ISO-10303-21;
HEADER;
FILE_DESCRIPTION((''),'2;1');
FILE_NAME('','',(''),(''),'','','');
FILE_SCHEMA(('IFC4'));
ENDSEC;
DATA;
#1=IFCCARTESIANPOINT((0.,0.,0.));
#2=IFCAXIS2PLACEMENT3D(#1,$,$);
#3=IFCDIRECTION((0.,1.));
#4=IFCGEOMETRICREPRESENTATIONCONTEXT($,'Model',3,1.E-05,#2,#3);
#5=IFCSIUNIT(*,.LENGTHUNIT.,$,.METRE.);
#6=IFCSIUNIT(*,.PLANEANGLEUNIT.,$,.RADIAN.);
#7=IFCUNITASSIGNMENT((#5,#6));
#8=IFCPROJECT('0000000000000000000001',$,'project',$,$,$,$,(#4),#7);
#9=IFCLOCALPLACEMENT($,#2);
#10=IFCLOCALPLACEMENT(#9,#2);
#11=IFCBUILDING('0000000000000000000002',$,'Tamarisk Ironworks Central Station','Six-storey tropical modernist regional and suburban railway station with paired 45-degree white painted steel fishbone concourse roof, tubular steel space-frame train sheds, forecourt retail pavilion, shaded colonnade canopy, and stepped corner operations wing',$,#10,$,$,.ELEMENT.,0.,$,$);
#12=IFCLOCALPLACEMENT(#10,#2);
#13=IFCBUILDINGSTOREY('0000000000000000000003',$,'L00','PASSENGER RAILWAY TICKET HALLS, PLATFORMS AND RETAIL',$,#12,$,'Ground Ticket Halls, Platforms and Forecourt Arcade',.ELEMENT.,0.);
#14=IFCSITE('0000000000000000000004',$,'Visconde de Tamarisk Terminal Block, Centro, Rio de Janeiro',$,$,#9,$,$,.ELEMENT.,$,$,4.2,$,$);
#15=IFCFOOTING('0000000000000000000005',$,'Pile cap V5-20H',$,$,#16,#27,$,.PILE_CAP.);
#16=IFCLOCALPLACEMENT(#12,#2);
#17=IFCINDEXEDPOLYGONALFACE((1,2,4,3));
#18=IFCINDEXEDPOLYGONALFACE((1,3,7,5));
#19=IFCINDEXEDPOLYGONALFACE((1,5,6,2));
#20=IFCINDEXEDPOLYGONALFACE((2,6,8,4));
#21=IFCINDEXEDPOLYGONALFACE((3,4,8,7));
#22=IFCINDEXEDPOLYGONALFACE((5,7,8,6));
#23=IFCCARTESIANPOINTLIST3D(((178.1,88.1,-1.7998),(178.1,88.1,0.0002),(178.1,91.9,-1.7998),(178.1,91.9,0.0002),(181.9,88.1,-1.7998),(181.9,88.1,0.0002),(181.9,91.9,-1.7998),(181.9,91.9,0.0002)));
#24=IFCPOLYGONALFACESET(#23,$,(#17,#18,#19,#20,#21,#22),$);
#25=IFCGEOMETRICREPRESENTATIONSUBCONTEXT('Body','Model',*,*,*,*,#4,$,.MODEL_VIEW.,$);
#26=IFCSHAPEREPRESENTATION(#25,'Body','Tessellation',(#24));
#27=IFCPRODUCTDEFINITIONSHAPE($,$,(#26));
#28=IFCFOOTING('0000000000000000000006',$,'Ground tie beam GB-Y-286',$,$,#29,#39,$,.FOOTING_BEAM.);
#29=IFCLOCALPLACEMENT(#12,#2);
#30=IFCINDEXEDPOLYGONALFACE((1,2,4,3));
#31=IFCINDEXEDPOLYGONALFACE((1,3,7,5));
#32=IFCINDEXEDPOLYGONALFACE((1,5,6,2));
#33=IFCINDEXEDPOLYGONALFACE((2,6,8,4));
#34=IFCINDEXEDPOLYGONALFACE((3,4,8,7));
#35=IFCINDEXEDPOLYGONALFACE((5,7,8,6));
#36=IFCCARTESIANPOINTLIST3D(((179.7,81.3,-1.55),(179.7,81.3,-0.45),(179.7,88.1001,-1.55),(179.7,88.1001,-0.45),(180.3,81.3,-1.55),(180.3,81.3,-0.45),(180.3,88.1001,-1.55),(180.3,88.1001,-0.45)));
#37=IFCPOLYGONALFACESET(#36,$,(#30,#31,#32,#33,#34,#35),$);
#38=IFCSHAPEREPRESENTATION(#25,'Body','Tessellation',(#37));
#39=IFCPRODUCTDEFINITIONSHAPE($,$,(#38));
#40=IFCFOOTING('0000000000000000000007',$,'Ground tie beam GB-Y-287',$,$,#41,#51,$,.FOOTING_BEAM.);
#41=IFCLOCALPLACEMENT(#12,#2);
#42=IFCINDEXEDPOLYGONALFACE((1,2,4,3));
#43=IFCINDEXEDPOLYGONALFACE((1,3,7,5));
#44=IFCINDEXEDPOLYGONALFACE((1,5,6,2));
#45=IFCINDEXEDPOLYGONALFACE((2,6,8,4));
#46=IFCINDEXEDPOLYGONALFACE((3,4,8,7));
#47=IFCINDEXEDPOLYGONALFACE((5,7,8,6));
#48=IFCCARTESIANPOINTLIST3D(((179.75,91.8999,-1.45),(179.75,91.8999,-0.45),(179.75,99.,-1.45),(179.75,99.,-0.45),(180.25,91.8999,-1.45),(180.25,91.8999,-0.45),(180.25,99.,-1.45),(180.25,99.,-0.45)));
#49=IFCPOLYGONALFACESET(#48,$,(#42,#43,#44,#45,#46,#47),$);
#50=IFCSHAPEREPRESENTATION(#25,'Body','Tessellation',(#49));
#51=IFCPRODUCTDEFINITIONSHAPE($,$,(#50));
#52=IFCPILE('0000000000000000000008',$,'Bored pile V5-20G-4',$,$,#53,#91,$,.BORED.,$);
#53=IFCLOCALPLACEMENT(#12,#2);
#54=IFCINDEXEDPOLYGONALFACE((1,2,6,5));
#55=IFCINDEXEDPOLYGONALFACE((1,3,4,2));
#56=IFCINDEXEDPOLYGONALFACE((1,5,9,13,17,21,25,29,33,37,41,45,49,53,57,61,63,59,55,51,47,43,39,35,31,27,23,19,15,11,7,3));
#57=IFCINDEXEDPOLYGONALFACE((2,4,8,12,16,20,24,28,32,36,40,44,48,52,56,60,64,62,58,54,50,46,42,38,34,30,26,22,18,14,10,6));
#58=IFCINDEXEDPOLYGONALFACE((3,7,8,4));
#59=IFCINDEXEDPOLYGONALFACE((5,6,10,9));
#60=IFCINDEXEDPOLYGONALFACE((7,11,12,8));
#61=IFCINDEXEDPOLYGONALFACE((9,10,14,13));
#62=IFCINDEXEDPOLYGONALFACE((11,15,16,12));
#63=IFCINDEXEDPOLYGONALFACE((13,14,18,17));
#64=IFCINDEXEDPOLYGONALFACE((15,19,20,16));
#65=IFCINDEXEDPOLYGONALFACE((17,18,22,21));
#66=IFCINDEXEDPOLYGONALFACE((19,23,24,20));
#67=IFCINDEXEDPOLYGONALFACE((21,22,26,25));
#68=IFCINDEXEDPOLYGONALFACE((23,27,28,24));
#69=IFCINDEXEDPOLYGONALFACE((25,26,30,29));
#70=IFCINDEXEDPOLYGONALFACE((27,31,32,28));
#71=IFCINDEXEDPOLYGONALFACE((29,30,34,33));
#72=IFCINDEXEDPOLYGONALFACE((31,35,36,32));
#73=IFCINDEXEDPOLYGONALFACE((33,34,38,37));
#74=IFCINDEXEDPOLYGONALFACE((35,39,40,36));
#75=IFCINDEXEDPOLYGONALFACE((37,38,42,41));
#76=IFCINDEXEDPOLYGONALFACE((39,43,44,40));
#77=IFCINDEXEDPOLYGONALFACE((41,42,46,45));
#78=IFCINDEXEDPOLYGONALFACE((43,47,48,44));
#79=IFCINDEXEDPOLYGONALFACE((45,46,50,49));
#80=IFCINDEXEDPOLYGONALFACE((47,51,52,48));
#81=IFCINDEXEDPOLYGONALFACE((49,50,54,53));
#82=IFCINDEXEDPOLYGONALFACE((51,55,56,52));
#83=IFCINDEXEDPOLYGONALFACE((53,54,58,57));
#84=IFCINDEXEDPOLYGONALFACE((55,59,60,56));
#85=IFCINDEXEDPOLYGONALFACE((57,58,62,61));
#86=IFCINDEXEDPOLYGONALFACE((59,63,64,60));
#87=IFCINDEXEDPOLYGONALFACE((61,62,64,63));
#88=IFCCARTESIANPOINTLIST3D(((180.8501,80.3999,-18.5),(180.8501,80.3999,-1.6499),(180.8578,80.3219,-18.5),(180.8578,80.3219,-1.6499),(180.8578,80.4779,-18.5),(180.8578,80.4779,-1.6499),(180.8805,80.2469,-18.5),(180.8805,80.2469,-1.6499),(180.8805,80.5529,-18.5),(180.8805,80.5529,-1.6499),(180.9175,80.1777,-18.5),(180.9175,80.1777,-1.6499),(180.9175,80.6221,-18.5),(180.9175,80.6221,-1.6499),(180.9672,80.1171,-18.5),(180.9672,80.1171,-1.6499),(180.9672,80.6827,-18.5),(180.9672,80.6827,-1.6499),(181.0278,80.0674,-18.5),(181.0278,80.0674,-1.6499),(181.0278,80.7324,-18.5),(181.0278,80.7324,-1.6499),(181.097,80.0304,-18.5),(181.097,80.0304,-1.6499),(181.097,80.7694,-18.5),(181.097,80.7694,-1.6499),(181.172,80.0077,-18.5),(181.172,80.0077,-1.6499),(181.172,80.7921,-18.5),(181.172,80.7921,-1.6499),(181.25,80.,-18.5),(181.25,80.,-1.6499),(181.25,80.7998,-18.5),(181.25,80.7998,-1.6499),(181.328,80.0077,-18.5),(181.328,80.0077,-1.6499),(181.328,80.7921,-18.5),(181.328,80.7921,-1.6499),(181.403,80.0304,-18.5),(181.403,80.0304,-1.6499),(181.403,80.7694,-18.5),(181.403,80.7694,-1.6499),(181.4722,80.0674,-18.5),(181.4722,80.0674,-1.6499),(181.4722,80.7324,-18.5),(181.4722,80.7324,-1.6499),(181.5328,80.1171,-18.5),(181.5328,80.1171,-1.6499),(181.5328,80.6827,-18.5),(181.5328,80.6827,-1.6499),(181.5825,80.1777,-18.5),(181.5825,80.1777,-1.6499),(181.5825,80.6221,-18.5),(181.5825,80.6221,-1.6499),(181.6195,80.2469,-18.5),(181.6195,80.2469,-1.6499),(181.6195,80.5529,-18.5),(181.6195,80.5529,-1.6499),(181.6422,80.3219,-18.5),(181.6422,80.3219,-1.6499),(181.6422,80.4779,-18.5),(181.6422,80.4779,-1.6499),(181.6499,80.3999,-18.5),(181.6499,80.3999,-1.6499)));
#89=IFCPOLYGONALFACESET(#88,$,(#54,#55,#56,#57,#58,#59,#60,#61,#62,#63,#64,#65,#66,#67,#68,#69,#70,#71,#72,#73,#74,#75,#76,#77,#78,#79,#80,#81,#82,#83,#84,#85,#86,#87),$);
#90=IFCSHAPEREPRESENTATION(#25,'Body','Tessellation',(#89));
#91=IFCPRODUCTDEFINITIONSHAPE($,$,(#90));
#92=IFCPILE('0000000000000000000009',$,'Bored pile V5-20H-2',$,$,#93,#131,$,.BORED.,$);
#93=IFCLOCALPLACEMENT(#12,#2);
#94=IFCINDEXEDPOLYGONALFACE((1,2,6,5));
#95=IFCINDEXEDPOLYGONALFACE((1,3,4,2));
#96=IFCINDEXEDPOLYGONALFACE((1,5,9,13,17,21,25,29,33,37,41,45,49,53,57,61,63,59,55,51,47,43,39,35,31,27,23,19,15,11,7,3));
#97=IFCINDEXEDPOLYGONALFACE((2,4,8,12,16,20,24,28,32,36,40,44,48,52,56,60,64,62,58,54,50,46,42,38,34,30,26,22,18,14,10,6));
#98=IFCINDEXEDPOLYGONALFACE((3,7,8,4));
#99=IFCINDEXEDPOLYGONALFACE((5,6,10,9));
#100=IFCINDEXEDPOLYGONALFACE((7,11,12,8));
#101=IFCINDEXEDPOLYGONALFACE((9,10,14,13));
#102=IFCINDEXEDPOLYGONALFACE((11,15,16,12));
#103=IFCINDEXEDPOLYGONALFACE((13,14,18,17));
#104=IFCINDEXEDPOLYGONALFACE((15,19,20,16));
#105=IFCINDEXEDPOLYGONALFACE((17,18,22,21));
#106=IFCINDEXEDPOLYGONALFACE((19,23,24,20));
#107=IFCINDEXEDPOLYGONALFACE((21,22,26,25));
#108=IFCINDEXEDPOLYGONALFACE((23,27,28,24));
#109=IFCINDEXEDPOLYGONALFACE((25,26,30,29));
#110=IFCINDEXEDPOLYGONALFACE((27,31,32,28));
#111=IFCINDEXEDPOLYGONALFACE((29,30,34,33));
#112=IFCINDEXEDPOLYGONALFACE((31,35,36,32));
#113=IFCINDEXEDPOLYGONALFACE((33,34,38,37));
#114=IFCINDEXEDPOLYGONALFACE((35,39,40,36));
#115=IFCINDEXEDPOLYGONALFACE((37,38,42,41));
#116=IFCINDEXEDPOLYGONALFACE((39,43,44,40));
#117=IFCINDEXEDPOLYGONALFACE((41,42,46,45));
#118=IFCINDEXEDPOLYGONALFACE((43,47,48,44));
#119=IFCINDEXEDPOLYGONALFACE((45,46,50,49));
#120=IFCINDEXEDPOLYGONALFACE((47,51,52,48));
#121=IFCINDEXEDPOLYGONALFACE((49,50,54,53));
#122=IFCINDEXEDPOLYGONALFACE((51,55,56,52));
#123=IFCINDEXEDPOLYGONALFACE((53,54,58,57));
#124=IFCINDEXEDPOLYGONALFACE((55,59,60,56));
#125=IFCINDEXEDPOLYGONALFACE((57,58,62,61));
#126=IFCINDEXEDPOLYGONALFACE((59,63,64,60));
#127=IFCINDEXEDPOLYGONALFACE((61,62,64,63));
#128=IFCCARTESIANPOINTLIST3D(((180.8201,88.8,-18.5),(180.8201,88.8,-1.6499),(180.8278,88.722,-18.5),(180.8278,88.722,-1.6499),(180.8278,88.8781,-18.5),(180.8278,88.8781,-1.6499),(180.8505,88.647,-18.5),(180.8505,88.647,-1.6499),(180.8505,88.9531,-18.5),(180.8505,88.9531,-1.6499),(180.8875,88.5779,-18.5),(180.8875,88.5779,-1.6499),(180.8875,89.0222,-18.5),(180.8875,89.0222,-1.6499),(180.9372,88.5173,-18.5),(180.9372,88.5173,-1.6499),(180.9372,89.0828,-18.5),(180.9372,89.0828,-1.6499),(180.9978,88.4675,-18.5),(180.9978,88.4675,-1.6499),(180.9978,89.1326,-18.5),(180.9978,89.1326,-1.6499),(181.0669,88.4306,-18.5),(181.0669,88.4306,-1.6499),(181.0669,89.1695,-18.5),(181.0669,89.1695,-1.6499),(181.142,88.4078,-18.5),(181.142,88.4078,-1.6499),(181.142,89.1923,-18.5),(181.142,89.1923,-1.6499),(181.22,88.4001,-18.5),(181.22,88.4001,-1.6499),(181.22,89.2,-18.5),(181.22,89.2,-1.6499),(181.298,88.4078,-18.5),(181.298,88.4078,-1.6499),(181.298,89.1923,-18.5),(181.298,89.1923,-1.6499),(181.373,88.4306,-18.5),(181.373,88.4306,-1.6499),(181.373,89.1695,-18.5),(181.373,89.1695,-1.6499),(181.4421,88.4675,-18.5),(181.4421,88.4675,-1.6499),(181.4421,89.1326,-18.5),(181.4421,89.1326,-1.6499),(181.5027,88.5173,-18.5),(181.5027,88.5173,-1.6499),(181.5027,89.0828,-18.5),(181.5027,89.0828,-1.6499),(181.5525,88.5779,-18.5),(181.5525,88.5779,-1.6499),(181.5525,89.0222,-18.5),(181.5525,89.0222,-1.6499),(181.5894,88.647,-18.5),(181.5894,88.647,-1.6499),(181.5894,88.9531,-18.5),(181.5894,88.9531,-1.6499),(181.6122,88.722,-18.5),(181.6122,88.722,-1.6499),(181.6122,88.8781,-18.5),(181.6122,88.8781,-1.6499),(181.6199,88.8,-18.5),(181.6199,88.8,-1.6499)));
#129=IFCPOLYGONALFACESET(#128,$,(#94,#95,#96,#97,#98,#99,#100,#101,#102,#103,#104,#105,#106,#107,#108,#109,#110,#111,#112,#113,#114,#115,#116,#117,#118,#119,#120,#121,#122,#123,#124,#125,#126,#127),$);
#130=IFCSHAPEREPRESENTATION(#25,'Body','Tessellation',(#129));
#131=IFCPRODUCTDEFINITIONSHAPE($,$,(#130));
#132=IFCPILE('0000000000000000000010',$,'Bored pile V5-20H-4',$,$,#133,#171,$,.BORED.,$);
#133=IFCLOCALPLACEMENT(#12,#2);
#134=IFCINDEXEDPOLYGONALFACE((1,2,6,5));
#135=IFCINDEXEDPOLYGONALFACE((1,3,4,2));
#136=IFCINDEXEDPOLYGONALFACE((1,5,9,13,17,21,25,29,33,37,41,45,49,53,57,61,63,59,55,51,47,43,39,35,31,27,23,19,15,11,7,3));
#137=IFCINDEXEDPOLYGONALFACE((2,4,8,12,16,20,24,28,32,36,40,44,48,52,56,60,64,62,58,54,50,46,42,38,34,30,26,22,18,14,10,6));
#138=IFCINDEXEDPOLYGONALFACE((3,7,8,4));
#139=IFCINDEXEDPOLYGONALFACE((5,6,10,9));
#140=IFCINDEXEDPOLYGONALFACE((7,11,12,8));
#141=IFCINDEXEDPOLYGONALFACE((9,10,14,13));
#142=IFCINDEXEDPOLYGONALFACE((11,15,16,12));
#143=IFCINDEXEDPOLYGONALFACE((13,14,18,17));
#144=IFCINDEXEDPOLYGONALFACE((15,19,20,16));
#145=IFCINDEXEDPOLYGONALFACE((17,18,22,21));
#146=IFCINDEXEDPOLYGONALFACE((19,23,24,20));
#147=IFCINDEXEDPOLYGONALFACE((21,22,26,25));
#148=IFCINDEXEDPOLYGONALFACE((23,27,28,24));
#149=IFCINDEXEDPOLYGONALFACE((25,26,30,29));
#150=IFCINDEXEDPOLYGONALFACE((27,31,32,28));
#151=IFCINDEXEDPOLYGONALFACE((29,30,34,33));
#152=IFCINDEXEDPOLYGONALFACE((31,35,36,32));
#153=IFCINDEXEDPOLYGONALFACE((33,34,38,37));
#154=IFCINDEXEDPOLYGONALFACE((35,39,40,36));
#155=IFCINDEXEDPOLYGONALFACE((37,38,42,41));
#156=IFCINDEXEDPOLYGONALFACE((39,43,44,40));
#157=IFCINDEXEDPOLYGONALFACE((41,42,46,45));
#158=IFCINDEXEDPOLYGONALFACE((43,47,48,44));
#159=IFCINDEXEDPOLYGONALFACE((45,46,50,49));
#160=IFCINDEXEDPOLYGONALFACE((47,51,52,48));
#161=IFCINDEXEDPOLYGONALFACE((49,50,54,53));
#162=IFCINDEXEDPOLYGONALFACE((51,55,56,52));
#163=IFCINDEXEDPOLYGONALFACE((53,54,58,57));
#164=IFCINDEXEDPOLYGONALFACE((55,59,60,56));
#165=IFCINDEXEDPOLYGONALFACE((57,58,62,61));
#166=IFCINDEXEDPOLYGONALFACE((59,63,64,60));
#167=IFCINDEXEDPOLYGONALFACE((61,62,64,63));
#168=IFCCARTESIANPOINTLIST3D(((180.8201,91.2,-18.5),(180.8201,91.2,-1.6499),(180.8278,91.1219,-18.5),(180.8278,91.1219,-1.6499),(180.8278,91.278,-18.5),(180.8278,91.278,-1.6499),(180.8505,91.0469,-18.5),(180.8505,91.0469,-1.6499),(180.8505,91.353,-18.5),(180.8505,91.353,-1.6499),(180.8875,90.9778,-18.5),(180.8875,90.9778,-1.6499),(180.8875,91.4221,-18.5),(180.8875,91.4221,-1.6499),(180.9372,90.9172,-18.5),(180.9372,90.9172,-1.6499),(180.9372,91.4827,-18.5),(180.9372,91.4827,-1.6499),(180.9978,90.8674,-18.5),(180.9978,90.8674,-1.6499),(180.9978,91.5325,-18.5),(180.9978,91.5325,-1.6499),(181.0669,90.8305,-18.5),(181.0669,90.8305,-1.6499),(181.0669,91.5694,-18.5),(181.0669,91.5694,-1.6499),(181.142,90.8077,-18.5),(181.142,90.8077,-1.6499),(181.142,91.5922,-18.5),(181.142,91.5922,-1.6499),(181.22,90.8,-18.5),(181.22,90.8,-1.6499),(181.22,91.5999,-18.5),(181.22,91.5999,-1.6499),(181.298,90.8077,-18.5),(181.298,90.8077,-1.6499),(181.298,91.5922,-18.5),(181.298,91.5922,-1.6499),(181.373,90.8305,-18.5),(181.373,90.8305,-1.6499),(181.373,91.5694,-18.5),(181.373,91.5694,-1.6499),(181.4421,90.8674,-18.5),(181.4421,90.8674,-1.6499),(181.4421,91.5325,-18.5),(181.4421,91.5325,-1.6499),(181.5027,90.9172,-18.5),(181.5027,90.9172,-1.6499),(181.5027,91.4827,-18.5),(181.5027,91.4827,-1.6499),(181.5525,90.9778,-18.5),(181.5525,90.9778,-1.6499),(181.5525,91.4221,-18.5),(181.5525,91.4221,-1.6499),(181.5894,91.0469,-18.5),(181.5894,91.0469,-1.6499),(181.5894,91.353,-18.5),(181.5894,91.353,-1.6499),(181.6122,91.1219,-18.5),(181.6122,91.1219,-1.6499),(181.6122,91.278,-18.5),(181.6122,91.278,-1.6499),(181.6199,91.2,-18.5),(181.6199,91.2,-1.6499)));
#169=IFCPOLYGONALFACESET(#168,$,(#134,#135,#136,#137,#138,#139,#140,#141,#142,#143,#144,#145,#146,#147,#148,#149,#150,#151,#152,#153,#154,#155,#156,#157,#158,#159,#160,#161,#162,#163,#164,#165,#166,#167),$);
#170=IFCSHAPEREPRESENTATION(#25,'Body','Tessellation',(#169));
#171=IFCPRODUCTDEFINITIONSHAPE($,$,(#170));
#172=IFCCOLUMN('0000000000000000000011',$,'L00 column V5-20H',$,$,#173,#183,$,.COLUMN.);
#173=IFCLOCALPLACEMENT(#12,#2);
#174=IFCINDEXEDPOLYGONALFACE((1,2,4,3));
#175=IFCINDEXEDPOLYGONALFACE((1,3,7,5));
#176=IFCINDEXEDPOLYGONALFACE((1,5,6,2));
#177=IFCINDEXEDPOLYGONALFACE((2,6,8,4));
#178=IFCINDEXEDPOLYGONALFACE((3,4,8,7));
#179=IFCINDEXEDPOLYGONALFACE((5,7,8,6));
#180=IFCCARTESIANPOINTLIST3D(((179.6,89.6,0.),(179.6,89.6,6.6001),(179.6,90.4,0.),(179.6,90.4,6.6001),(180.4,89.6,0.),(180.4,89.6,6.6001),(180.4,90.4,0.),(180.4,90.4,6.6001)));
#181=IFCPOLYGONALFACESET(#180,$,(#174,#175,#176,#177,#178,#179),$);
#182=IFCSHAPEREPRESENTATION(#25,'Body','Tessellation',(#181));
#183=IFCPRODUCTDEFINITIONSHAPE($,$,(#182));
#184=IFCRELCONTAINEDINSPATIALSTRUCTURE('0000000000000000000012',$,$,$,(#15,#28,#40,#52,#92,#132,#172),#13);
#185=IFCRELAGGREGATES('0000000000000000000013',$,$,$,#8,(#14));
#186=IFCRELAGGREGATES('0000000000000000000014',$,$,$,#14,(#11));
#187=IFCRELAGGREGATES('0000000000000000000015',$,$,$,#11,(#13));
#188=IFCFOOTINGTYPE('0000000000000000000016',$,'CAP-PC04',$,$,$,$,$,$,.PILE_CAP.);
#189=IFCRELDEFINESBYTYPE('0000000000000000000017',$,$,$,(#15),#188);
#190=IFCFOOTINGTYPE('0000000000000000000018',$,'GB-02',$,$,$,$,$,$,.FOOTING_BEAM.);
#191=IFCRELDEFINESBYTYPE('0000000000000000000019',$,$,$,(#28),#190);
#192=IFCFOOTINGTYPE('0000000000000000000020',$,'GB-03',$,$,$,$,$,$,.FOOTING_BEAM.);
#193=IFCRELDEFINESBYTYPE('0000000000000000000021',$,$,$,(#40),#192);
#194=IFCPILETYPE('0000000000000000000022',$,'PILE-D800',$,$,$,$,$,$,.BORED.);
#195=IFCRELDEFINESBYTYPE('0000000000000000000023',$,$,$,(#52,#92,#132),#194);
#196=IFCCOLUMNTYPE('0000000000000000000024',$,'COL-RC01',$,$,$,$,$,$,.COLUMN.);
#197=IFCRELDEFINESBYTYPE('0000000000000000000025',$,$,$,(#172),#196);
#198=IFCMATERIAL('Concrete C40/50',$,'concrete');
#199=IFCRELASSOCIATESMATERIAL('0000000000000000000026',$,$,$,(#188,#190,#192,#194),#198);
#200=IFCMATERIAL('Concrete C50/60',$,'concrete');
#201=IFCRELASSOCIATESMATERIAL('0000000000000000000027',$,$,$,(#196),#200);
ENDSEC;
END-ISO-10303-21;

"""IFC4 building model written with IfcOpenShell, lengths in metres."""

from ifc_helpers import new_model, si_unit, direction, frame, origin, origin_2d, place, context, subcontext, project, spatial, rectangle, circle, extrude, material, material_profile, profile_set, type_object, element, save


model = new_model("IFC4")

# Units and contexts
model_context = context("Model", 3, precision=1e-05, world=origin(), true_north=direction((0.0, 1.0)))
body_context = subcontext(model_context, "Body", "Model", "MODEL_VIEW")
ifc_project = project(units=[si_unit("LENGTHUNIT", "METRE"), si_unit("PLANEANGLEUNIT", "RADIAN")], contexts=[model_context])

# Site, building, storey
site_placement = place(None, origin())
site = spatial("IfcSite", under=ifc_project, at=site_placement, Name="Visconde de Tamarisk Terminal Block, Centro, Rio de Janeiro", CompositionType="ELEMENT", RefElevation=4.2)
building_placement = place(site_placement, origin())
building = spatial("IfcBuilding", under=site, at=building_placement, Name="Tamarisk Ironworks Central Station", Description="Six-storey tropical modernist regional and suburban railway station with paired 45-degree white painted steel fishbone concourse roof, tubular steel space-frame train sheds, forecourt retail pavilion, shaded colonnade canopy, and stepped corner operations wing", CompositionType="ELEMENT", ElevationOfRefHeight=0.0)
storey_placement = place(building_placement, origin())
storey = spatial("IfcBuildingStorey", under=building, at=storey_placement, Name="L00", Description="PASSENGER RAILWAY TICKET HALLS, PLATFORMS AND RETAIL", LongName="Ground Ticket Halls, Platforms and Forecourt Arcade", CompositionType="ELEMENT", Elevation=0.0)

# Footings
ifc_material_1 = material(Name="Concrete C40/50", Category="concrete")
footing_type_1 = type_object("IfcFootingType", Name="CAP-PC04", PredefinedType="PILE_CAP", material=ifc_material_1)
footing_1_placement = place(storey_placement, frame((180.0, 90.0, -1.7998), z_axis=(0.0, 0.0, 1.0), x_axis=(1.0, 0.0, 0.0)))
element("IfcFooting", 1, at=footing_1_placement, inside=storey, type_object=footing_type_1, Name="Pile cap V5-20H", PredefinedType="PILE_CAP", context=body_context, shape_type="SweptSolid", body=[
    extrude(rectangle(XDim=3.8, YDim=3.8, at=origin_2d()), origin(), (0.0, 0.0, 1.0), 1.8),
])
ifc_material_profile_1 = material_profile(ifc_material_1, rectangle(XDim=0.6001, YDim=1.1001, at=origin_2d()), Name="GB02 600x1100")
ifc_profile_set_1 = profile_set([ifc_material_profile_1], Name="Concrete C40/50")
footing_type_2 = type_object("IfcFootingType", Name="GB-02", PredefinedType="FOOTING_BEAM", material=ifc_profile_set_1)
footing_2_placement = place(storey_placement, frame((180.0, 81.3, -1.0), z_axis=(0.0, 1.0, 0.0), x_axis=(-1.0, 0.0, 0.0)))
element("IfcFooting", 2, at=footing_2_placement, inside=storey, type_object=footing_type_2, Name="Ground tie beam GB-Y-286", PredefinedType="FOOTING_BEAM", context=body_context, shape_type="SweptSolid", body=[
    extrude(rectangle(XDim=0.6001, YDim=1.1001, at=origin_2d()), origin(), (0.0, 0.0, 1.0), 6.8),
])
ifc_material_profile_2 = material_profile(ifc_material_1, rectangle(XDim=0.5, YDim=1.0, at=origin_2d()), Name="GB03 500x1000")
ifc_profile_set_2 = profile_set([ifc_material_profile_2], Name="Concrete C40/50")
footing_type_3 = type_object("IfcFootingType", Name="GB-03", PredefinedType="FOOTING_BEAM", material=ifc_profile_set_2)
footing_3_placement = place(storey_placement, frame((180.0, 91.8999, -0.95), z_axis=(0.0, 1.0, 0.0), x_axis=(-1.0, 0.0, 0.0)))
element("IfcFooting", 3, at=footing_3_placement, inside=storey, type_object=footing_type_3, Name="Ground tie beam GB-Y-287", PredefinedType="FOOTING_BEAM", context=body_context, shape_type="SweptSolid", body=[
    extrude(rectangle(XDim=0.5, YDim=1.0, at=origin_2d()), origin(), (0.0, 0.0, 1.0), 7.1001),
])

# Piles
ifc_material_profile_3 = material_profile(ifc_material_1, circle(Radius=0.3999, at=origin_2d()), Name="BORED PILE D800")
ifc_profile_set_3 = profile_set([ifc_material_profile_3], Name="Concrete C40/50")
pile_type = type_object("IfcPileType", Name="PILE-D800", PredefinedType="BORED", material=ifc_profile_set_3)
for number, where, z_axis, x_axis, name in (
    (4, (181.25, 80.3999, -1.6499), (0.0, 0.0, -1.0), (1.0, 0.0, 0.0), "Bored pile V5-20G-4"),
    (5, (181.22, 88.8, -1.6499), (0.0, 0.0, -1.0), (1.0, 0.0, 0.0), "Bored pile V5-20H-2"),
    (6, (181.22, 91.2, -1.6499), (0.0, 0.0, -1.0), (1.0, 0.0, 0.0), "Bored pile V5-20H-4"),
):
    element("IfcPile", number, at=place(storey_placement, frame(where, z_axis=z_axis, x_axis=x_axis)), inside=storey, type_object=pile_type, Name=name, PredefinedType="BORED", context=body_context, shape_type="SweptSolid", body=[
        extrude(circle(Radius=0.3999, at=origin_2d()), origin(), (0.0, 0.0, 1.0), 16.8501),
    ])

# Column
ifc_material_2 = material(Name="Concrete C50/60", Category="concrete")
ifc_material_profile_4 = material_profile(ifc_material_2, rectangle(XDim=0.8, YDim=0.8, at=origin_2d()), Name="RC 800x800")
ifc_profile_set_4 = profile_set([ifc_material_profile_4], Name="Concrete C50/60")
column_type = type_object("IfcColumnType", Name="COL-RC01", PredefinedType="COLUMN", material=ifc_profile_set_4)
column_placement = place(storey_placement, frame((180.0, 90.0, 0.0), z_axis=(0.0, 0.0, 1.0), x_axis=(1.0, 0.0, 0.0)))
element("IfcColumn", 7, at=column_placement, inside=storey, type_object=column_type, Name="L00 column V5-20H", PredefinedType="COLUMN", context=body_context, shape_type="SweptSolid", body=[
    extrude(rectangle(XDim=0.8, YDim=0.8, at=origin_2d()), origin(), (0.0, 0.0, 1.0), 6.6001),
])

save(model, "model.ifc")
